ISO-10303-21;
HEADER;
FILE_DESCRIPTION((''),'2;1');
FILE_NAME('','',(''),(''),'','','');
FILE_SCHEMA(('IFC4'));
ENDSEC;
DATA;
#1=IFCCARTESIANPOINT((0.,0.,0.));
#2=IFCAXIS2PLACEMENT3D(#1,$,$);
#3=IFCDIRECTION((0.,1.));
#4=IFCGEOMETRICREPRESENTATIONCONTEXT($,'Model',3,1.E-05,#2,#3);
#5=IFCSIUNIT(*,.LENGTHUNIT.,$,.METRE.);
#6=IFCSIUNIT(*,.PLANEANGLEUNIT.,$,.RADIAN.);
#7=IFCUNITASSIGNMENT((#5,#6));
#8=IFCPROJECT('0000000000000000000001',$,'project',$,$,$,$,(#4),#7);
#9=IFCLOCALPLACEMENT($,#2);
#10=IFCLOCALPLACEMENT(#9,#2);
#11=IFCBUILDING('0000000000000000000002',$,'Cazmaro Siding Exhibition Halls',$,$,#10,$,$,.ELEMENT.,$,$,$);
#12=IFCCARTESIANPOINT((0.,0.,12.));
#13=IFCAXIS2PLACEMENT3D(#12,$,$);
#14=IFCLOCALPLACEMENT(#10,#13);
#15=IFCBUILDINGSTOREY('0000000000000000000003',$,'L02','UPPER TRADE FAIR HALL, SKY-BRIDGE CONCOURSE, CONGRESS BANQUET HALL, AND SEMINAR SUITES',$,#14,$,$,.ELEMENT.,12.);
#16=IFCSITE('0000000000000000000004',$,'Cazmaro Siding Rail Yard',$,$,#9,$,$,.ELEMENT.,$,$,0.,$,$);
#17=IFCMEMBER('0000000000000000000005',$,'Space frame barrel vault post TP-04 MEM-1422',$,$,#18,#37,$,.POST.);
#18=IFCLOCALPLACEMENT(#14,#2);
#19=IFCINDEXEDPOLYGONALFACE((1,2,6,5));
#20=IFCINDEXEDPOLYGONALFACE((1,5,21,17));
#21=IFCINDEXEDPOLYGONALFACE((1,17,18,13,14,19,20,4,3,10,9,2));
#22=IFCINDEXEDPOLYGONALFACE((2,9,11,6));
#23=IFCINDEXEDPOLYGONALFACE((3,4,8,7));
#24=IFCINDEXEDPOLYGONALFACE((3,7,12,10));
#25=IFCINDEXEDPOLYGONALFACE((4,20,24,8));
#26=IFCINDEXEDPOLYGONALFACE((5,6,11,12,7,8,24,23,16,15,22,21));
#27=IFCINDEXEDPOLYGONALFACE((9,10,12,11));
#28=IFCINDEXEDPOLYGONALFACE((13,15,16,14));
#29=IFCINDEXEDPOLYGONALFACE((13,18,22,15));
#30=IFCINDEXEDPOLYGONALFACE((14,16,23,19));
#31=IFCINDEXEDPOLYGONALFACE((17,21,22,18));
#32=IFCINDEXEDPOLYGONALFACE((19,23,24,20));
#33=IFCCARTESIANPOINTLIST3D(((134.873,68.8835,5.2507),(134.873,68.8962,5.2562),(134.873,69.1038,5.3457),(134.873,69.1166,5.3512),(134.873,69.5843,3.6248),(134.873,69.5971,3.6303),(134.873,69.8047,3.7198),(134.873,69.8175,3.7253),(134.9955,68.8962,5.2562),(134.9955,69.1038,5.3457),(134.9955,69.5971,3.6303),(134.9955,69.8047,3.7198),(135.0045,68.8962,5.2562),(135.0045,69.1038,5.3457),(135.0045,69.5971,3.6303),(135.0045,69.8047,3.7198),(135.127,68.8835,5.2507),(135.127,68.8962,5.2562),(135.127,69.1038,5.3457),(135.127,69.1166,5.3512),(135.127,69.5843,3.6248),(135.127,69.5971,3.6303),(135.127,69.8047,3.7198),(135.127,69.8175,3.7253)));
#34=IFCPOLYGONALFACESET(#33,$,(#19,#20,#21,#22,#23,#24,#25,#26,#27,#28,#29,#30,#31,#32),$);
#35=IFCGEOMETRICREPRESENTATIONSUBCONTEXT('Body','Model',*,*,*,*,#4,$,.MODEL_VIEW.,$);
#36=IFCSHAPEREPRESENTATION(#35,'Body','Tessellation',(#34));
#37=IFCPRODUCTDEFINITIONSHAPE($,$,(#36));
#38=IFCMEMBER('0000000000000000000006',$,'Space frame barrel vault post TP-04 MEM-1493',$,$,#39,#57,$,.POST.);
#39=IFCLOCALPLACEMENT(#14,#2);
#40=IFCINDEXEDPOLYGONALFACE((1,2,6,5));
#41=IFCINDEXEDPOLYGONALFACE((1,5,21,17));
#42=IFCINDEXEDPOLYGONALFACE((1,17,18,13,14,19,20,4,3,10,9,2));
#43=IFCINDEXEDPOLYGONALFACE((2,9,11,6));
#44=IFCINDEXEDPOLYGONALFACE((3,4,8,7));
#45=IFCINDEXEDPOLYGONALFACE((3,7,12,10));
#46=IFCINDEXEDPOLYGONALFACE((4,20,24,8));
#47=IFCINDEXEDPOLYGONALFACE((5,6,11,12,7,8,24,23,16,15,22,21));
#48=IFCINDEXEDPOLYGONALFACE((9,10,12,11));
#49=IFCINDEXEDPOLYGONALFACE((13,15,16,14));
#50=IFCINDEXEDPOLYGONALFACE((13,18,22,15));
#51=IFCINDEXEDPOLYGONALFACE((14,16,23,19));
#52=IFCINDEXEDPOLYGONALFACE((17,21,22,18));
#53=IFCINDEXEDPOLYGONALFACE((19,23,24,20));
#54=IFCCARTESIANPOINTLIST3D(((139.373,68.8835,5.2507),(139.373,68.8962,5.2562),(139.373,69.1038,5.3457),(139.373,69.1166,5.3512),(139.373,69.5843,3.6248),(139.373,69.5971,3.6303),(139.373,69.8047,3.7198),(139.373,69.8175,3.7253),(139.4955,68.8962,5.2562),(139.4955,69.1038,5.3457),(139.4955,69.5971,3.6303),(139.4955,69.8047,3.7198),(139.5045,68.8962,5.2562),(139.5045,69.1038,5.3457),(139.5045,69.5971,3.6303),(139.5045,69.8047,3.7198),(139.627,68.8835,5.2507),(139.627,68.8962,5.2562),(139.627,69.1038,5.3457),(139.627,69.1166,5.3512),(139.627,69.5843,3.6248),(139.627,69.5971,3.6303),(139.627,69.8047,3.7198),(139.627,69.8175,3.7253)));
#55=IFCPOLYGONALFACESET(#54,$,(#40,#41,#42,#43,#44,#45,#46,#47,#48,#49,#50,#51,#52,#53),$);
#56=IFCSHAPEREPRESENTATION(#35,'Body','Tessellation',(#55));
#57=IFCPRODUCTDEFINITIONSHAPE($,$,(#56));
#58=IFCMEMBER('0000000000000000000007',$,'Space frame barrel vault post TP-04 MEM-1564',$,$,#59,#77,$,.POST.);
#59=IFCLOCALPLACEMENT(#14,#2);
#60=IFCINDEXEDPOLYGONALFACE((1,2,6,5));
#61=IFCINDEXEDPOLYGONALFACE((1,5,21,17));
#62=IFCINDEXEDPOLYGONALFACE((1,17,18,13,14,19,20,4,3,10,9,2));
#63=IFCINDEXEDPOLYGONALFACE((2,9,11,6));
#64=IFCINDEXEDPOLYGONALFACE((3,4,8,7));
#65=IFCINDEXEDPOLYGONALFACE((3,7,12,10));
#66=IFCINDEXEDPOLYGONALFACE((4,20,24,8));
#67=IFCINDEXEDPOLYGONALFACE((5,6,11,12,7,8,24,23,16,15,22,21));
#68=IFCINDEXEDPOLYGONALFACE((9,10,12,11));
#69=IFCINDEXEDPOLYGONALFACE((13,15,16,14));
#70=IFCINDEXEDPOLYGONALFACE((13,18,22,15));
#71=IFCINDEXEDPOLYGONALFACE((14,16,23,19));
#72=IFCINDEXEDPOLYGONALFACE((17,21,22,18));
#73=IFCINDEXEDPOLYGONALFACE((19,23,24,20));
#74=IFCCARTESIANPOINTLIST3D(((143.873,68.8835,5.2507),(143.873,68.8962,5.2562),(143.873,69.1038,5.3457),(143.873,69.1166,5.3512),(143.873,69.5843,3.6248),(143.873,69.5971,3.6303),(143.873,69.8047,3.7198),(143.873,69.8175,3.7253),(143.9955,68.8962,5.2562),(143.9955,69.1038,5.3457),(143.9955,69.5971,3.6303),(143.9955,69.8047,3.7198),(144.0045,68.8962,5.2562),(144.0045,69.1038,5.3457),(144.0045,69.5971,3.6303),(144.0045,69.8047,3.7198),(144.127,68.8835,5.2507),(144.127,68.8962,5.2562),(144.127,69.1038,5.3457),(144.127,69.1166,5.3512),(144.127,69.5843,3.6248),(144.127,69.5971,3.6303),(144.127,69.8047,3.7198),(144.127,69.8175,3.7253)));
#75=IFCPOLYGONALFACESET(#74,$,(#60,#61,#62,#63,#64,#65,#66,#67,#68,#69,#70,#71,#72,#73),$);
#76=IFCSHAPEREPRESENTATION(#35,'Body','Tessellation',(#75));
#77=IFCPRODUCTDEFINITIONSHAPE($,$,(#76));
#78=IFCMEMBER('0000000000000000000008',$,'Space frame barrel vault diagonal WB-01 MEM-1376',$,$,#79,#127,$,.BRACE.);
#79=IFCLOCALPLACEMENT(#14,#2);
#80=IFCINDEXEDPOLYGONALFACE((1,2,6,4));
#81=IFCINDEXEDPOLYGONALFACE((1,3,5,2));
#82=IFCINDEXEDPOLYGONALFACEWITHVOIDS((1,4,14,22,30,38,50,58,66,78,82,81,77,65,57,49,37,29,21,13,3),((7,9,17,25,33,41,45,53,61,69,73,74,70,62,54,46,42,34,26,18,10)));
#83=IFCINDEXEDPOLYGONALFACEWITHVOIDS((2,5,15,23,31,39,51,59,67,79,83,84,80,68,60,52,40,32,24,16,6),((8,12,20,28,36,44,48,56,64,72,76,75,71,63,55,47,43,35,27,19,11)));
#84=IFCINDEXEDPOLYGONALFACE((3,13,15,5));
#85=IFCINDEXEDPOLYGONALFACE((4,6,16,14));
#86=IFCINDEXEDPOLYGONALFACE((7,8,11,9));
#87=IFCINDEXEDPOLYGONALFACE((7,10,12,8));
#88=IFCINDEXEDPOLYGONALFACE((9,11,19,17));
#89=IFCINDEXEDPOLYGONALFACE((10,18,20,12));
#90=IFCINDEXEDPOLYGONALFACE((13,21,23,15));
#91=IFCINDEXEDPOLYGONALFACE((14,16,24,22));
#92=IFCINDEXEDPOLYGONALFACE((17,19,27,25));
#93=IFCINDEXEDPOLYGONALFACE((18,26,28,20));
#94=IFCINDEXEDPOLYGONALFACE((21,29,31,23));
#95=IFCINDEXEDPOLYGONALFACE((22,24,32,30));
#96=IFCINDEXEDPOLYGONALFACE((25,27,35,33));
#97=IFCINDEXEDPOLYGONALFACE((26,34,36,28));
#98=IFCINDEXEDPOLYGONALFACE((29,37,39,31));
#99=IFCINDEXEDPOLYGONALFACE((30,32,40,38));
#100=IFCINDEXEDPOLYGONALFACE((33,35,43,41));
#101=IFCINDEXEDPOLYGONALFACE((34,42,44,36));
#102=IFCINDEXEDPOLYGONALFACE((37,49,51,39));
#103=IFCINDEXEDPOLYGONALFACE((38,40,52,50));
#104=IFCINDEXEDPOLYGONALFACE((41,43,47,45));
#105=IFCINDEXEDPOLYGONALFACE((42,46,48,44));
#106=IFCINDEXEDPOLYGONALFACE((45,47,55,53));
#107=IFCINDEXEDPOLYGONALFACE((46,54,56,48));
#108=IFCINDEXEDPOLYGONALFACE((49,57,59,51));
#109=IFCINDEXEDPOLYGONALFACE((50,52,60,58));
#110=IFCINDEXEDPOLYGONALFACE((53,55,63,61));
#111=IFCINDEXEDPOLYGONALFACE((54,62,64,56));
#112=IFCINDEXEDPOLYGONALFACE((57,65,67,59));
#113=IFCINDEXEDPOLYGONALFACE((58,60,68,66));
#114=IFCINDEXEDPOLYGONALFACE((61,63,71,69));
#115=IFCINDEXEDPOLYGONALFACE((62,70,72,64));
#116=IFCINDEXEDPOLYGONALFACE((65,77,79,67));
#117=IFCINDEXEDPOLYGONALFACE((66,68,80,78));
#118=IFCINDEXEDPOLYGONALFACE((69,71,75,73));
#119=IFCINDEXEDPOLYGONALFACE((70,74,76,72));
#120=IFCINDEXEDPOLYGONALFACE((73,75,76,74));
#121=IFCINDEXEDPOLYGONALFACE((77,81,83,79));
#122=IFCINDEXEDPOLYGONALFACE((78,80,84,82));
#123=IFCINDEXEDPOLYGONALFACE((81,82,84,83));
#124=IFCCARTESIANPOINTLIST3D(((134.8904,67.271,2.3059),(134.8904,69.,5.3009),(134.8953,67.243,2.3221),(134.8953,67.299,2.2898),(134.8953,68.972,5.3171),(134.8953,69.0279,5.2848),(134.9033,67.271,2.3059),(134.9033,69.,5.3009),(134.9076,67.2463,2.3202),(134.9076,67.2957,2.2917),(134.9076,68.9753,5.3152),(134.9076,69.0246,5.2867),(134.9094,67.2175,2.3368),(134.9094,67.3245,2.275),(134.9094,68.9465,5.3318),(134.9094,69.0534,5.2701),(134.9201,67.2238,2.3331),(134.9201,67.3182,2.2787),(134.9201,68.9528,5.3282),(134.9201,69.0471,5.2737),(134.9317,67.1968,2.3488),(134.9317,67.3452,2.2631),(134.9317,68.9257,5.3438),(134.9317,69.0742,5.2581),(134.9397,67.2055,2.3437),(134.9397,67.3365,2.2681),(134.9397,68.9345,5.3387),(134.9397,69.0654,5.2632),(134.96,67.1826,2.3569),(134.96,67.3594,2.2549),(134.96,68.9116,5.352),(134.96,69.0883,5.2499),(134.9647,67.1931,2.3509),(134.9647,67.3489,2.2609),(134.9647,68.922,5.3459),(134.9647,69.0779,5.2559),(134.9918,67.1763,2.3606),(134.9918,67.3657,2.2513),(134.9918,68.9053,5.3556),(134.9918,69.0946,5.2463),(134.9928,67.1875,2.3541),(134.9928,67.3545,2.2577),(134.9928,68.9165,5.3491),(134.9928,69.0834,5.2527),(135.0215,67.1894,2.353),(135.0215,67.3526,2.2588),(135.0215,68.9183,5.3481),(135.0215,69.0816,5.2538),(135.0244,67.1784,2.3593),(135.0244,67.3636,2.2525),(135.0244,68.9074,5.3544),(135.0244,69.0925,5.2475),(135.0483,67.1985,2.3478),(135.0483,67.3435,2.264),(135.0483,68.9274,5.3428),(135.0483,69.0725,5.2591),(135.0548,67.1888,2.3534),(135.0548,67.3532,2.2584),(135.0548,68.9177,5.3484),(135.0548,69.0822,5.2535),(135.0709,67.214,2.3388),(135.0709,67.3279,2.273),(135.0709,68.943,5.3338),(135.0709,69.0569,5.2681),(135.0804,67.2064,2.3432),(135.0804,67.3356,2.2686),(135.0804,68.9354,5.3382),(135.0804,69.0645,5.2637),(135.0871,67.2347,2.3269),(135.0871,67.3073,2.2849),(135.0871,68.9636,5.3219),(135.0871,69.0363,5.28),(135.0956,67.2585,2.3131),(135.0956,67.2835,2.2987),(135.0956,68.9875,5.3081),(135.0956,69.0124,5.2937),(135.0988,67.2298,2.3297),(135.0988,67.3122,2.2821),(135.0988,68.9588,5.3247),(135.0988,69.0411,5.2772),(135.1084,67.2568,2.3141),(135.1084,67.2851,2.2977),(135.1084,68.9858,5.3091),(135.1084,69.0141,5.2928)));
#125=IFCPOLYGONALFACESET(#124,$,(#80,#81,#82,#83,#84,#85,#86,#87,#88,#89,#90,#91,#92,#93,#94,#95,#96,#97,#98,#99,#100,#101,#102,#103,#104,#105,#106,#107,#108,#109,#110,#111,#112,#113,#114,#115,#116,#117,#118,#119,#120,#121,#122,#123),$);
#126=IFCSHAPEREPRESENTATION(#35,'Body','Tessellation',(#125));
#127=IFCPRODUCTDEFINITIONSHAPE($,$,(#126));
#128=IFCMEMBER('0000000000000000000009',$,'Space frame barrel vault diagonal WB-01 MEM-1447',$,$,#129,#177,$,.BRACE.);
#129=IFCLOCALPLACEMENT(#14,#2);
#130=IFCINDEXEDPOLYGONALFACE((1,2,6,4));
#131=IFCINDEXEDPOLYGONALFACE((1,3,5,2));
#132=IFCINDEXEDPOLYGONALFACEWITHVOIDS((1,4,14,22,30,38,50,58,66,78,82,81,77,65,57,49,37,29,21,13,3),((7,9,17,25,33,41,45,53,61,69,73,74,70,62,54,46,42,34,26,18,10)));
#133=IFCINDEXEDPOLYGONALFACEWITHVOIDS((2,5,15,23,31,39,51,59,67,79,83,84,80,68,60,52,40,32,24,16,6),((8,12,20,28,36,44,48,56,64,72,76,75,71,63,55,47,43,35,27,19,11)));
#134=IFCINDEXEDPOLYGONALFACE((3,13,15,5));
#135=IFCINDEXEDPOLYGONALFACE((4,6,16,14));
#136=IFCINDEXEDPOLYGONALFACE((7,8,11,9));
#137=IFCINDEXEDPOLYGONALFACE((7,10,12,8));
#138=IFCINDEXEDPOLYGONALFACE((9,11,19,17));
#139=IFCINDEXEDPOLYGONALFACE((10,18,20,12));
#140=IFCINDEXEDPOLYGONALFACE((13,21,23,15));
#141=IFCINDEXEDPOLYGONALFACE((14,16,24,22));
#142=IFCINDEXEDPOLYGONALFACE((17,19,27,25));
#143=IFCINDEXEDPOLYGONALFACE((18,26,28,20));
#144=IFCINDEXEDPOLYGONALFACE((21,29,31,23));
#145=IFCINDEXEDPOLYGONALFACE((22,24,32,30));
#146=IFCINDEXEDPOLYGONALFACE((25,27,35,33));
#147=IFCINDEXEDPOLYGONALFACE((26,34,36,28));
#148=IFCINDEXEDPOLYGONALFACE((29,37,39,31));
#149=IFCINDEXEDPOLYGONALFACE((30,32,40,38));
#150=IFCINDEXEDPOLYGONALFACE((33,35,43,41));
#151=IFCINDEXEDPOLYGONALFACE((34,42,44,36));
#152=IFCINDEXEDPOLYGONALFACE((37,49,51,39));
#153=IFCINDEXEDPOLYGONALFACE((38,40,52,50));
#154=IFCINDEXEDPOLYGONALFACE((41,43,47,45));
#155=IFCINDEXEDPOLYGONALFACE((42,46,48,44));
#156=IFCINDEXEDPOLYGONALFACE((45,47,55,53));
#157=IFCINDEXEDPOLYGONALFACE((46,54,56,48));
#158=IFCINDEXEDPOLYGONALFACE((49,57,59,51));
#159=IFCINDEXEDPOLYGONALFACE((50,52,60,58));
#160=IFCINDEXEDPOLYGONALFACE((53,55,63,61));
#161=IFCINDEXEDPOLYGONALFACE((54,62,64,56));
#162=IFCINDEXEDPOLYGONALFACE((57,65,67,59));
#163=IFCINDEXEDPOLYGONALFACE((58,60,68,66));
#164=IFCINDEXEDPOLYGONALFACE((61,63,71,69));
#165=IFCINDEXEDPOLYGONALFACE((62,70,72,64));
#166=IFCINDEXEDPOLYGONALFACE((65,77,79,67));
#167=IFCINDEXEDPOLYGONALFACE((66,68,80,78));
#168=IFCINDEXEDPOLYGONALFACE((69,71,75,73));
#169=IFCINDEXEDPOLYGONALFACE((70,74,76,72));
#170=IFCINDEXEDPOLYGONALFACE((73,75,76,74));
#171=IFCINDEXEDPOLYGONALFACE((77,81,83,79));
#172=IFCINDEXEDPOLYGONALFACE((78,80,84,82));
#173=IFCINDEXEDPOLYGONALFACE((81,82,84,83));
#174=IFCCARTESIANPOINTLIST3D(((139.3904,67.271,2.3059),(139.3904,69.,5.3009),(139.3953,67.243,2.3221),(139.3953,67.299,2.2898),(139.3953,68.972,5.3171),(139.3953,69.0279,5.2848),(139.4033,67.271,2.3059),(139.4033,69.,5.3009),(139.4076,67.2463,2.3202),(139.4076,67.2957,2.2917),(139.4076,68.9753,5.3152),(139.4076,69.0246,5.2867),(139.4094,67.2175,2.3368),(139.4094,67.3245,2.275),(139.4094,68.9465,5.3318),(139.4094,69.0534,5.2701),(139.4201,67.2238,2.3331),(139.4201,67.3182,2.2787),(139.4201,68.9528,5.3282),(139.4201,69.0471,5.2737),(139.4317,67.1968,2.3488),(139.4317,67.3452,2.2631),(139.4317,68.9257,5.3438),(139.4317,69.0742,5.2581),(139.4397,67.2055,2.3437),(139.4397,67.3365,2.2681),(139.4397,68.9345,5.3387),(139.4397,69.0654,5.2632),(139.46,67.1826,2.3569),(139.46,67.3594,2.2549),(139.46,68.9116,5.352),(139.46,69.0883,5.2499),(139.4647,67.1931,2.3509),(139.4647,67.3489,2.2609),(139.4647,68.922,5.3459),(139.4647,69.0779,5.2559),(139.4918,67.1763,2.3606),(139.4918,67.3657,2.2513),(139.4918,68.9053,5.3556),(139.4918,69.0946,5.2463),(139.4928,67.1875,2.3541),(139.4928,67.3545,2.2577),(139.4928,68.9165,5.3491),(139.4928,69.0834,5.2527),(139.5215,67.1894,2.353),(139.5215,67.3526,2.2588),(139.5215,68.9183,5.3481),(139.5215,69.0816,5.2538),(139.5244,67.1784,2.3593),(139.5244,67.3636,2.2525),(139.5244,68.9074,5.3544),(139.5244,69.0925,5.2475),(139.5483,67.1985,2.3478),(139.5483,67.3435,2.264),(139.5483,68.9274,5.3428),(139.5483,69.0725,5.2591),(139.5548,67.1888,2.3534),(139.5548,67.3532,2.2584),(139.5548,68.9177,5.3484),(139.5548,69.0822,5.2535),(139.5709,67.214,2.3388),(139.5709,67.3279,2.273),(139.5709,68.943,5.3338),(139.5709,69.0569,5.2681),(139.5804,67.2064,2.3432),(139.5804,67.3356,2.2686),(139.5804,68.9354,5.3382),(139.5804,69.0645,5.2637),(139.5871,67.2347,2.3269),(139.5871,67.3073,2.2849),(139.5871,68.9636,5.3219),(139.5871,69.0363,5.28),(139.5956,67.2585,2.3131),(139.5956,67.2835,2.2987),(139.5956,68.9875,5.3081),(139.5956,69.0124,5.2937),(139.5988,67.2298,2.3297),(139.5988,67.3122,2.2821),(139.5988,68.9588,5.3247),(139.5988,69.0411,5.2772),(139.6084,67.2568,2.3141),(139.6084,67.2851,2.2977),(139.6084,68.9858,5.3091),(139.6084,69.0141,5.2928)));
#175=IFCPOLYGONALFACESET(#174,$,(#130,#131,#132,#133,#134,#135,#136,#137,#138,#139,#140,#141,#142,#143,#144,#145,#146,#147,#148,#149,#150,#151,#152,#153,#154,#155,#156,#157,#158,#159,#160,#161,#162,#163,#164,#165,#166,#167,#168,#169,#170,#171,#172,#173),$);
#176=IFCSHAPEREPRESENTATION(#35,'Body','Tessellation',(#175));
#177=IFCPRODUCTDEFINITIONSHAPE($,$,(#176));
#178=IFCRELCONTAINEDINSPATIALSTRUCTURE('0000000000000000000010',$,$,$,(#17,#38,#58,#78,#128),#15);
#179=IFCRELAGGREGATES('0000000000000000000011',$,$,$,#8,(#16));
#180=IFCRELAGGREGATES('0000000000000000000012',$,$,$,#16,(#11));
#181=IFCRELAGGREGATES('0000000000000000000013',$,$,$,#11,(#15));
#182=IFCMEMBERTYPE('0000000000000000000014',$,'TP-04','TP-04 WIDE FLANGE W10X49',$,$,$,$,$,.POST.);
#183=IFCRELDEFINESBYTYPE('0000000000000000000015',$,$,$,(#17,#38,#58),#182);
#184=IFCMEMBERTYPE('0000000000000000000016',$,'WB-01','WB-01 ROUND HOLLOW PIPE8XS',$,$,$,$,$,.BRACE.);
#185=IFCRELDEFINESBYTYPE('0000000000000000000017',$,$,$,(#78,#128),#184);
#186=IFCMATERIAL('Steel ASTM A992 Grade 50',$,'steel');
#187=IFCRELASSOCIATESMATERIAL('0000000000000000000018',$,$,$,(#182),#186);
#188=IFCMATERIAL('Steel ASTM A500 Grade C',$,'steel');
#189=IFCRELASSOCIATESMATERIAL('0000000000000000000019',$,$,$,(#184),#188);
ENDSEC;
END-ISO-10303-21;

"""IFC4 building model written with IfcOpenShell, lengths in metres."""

from ifc_helpers import new_model, si_unit, direction, frame, origin, origin_2d, place, context, subcontext, project, spatial, hollow_circle, i_section, extrude, material, material_profile, profile_set, type_object, element, save


model = new_model("IFC4")

# Units and contexts
model_context = context("Model", 3, precision=1e-05, world=origin(), true_north=direction((0.0, 1.0)))
body_context = subcontext(model_context, "Body", "Model", "MODEL_VIEW")
ifc_project = project(units=[si_unit("LENGTHUNIT", "METRE"), si_unit("PLANEANGLEUNIT", "RADIAN")], contexts=[model_context])

# Site, building, storey
site_placement = place(None, origin())
site = spatial("IfcSite", under=ifc_project, at=site_placement, Name="Cazmaro Siding Rail Yard", CompositionType="ELEMENT", RefElevation=0.0)
building_placement = place(site_placement, origin())
building = spatial("IfcBuilding", under=site, at=building_placement, Name="Cazmaro Siding Exhibition Halls", CompositionType="ELEMENT")
storey_placement = place(building_placement, frame((0.0, 0.0, 12.0)))
storey = spatial("IfcBuildingStorey", under=building, at=storey_placement, Name="L02", Description="UPPER TRADE FAIR HALL, SKY-BRIDGE CONCOURSE, CONGRESS BANQUET HALL, AND SEMINAR SUITES", CompositionType="ELEMENT", Elevation=12.0)

# Members
ifc_material_1 = material(Name="Steel ASTM A992 Grade 50", Category="steel")
ifc_material_profile_1 = material_profile(ifc_material_1, i_section(OverallWidth=0.2539, OverallDepth=0.2539, WebThickness=0.009, FlangeThickness=0.0139, at=origin_2d()), Name="W10X49")
ifc_profile_set_1 = profile_set([ifc_material_profile_1], Name="Steel ASTM A992 Grade 50")
member_type_1 = type_object("IfcMemberType", Name="TP-04", Description="TP-04 WIDE FLANGE W10X49", PredefinedType="POST", material=ifc_profile_set_1)
for number, where, z_axis, x_axis, name in (
    (1, (135.0, 69.7009, 3.675), (0.0, -0.395865, 0.918309), (1.0, 0.0, 0.0), "Space frame barrel vault post TP-04 MEM-1422"),
    (2, (139.5, 69.7009, 3.675), (0.0, -0.395865, 0.918309), (1.0, 0.0, 0.0), "Space frame barrel vault post TP-04 MEM-1493"),
    (3, (144.0, 69.7009, 3.675), (0.0, -0.395865, 0.918309), (1.0, 0.0, 0.0), "Space frame barrel vault post TP-04 MEM-1564"),
):
    element("IfcMember", number, at=place(storey_placement, frame(where, z_axis=z_axis, x_axis=x_axis)), inside=storey, type_object=member_type_1, Name=name, PredefinedType="POST", context=body_context, shape_type="SweptSolid", body=[
        extrude(i_section(OverallWidth=0.2539, OverallDepth=0.2539, WebThickness=0.009, FlangeThickness=0.0139, at=origin_2d()), origin(), (0.0, 0.0, 1.0), 1.7705),
    ])
ifc_material_2 = material(Name="Steel ASTM A500 Grade C", Category="steel")
ifc_material_profile_2 = material_profile(ifc_material_2, hollow_circle(Radius=0.1096, WallThickness=0.0129, at=origin_2d()), Name="PIPE8XS")
ifc_profile_set_2 = profile_set([ifc_material_profile_2], Name="Steel ASTM A500 Grade C")
member_type_2 = type_object("IfcMemberType", Name="WB-01", Description="WB-01 ROUND HOLLOW PIPE8XS", PredefinedType="BRACE", material=ifc_profile_set_2)
for number, where, z_axis, x_axis, name in (
    (4, (135.0, 67.271, 2.3059), (0.0, 0.499951, 0.866054), (-1.0, 0.0, 0.0), "Space frame barrel vault diagonal WB-01 MEM-1376"),
    (5, (139.5, 67.271, 2.3059), (0.0, 0.499951, 0.866054), (-1.0, 0.0, 0.0), "Space frame barrel vault diagonal WB-01 MEM-1447"),
):
    element("IfcMember", number, at=place(storey_placement, frame(where, z_axis=z_axis, x_axis=x_axis)), inside=storey, type_object=member_type_2, Name=name, PredefinedType="BRACE", context=body_context, shape_type="SweptSolid", body=[
        extrude(hollow_circle(Radius=0.1096, WallThickness=0.0129, at=origin_2d()), origin(), (0.0, 0.0, 1.0), 3.4583),
    ])

save(model, "model.ifc")
